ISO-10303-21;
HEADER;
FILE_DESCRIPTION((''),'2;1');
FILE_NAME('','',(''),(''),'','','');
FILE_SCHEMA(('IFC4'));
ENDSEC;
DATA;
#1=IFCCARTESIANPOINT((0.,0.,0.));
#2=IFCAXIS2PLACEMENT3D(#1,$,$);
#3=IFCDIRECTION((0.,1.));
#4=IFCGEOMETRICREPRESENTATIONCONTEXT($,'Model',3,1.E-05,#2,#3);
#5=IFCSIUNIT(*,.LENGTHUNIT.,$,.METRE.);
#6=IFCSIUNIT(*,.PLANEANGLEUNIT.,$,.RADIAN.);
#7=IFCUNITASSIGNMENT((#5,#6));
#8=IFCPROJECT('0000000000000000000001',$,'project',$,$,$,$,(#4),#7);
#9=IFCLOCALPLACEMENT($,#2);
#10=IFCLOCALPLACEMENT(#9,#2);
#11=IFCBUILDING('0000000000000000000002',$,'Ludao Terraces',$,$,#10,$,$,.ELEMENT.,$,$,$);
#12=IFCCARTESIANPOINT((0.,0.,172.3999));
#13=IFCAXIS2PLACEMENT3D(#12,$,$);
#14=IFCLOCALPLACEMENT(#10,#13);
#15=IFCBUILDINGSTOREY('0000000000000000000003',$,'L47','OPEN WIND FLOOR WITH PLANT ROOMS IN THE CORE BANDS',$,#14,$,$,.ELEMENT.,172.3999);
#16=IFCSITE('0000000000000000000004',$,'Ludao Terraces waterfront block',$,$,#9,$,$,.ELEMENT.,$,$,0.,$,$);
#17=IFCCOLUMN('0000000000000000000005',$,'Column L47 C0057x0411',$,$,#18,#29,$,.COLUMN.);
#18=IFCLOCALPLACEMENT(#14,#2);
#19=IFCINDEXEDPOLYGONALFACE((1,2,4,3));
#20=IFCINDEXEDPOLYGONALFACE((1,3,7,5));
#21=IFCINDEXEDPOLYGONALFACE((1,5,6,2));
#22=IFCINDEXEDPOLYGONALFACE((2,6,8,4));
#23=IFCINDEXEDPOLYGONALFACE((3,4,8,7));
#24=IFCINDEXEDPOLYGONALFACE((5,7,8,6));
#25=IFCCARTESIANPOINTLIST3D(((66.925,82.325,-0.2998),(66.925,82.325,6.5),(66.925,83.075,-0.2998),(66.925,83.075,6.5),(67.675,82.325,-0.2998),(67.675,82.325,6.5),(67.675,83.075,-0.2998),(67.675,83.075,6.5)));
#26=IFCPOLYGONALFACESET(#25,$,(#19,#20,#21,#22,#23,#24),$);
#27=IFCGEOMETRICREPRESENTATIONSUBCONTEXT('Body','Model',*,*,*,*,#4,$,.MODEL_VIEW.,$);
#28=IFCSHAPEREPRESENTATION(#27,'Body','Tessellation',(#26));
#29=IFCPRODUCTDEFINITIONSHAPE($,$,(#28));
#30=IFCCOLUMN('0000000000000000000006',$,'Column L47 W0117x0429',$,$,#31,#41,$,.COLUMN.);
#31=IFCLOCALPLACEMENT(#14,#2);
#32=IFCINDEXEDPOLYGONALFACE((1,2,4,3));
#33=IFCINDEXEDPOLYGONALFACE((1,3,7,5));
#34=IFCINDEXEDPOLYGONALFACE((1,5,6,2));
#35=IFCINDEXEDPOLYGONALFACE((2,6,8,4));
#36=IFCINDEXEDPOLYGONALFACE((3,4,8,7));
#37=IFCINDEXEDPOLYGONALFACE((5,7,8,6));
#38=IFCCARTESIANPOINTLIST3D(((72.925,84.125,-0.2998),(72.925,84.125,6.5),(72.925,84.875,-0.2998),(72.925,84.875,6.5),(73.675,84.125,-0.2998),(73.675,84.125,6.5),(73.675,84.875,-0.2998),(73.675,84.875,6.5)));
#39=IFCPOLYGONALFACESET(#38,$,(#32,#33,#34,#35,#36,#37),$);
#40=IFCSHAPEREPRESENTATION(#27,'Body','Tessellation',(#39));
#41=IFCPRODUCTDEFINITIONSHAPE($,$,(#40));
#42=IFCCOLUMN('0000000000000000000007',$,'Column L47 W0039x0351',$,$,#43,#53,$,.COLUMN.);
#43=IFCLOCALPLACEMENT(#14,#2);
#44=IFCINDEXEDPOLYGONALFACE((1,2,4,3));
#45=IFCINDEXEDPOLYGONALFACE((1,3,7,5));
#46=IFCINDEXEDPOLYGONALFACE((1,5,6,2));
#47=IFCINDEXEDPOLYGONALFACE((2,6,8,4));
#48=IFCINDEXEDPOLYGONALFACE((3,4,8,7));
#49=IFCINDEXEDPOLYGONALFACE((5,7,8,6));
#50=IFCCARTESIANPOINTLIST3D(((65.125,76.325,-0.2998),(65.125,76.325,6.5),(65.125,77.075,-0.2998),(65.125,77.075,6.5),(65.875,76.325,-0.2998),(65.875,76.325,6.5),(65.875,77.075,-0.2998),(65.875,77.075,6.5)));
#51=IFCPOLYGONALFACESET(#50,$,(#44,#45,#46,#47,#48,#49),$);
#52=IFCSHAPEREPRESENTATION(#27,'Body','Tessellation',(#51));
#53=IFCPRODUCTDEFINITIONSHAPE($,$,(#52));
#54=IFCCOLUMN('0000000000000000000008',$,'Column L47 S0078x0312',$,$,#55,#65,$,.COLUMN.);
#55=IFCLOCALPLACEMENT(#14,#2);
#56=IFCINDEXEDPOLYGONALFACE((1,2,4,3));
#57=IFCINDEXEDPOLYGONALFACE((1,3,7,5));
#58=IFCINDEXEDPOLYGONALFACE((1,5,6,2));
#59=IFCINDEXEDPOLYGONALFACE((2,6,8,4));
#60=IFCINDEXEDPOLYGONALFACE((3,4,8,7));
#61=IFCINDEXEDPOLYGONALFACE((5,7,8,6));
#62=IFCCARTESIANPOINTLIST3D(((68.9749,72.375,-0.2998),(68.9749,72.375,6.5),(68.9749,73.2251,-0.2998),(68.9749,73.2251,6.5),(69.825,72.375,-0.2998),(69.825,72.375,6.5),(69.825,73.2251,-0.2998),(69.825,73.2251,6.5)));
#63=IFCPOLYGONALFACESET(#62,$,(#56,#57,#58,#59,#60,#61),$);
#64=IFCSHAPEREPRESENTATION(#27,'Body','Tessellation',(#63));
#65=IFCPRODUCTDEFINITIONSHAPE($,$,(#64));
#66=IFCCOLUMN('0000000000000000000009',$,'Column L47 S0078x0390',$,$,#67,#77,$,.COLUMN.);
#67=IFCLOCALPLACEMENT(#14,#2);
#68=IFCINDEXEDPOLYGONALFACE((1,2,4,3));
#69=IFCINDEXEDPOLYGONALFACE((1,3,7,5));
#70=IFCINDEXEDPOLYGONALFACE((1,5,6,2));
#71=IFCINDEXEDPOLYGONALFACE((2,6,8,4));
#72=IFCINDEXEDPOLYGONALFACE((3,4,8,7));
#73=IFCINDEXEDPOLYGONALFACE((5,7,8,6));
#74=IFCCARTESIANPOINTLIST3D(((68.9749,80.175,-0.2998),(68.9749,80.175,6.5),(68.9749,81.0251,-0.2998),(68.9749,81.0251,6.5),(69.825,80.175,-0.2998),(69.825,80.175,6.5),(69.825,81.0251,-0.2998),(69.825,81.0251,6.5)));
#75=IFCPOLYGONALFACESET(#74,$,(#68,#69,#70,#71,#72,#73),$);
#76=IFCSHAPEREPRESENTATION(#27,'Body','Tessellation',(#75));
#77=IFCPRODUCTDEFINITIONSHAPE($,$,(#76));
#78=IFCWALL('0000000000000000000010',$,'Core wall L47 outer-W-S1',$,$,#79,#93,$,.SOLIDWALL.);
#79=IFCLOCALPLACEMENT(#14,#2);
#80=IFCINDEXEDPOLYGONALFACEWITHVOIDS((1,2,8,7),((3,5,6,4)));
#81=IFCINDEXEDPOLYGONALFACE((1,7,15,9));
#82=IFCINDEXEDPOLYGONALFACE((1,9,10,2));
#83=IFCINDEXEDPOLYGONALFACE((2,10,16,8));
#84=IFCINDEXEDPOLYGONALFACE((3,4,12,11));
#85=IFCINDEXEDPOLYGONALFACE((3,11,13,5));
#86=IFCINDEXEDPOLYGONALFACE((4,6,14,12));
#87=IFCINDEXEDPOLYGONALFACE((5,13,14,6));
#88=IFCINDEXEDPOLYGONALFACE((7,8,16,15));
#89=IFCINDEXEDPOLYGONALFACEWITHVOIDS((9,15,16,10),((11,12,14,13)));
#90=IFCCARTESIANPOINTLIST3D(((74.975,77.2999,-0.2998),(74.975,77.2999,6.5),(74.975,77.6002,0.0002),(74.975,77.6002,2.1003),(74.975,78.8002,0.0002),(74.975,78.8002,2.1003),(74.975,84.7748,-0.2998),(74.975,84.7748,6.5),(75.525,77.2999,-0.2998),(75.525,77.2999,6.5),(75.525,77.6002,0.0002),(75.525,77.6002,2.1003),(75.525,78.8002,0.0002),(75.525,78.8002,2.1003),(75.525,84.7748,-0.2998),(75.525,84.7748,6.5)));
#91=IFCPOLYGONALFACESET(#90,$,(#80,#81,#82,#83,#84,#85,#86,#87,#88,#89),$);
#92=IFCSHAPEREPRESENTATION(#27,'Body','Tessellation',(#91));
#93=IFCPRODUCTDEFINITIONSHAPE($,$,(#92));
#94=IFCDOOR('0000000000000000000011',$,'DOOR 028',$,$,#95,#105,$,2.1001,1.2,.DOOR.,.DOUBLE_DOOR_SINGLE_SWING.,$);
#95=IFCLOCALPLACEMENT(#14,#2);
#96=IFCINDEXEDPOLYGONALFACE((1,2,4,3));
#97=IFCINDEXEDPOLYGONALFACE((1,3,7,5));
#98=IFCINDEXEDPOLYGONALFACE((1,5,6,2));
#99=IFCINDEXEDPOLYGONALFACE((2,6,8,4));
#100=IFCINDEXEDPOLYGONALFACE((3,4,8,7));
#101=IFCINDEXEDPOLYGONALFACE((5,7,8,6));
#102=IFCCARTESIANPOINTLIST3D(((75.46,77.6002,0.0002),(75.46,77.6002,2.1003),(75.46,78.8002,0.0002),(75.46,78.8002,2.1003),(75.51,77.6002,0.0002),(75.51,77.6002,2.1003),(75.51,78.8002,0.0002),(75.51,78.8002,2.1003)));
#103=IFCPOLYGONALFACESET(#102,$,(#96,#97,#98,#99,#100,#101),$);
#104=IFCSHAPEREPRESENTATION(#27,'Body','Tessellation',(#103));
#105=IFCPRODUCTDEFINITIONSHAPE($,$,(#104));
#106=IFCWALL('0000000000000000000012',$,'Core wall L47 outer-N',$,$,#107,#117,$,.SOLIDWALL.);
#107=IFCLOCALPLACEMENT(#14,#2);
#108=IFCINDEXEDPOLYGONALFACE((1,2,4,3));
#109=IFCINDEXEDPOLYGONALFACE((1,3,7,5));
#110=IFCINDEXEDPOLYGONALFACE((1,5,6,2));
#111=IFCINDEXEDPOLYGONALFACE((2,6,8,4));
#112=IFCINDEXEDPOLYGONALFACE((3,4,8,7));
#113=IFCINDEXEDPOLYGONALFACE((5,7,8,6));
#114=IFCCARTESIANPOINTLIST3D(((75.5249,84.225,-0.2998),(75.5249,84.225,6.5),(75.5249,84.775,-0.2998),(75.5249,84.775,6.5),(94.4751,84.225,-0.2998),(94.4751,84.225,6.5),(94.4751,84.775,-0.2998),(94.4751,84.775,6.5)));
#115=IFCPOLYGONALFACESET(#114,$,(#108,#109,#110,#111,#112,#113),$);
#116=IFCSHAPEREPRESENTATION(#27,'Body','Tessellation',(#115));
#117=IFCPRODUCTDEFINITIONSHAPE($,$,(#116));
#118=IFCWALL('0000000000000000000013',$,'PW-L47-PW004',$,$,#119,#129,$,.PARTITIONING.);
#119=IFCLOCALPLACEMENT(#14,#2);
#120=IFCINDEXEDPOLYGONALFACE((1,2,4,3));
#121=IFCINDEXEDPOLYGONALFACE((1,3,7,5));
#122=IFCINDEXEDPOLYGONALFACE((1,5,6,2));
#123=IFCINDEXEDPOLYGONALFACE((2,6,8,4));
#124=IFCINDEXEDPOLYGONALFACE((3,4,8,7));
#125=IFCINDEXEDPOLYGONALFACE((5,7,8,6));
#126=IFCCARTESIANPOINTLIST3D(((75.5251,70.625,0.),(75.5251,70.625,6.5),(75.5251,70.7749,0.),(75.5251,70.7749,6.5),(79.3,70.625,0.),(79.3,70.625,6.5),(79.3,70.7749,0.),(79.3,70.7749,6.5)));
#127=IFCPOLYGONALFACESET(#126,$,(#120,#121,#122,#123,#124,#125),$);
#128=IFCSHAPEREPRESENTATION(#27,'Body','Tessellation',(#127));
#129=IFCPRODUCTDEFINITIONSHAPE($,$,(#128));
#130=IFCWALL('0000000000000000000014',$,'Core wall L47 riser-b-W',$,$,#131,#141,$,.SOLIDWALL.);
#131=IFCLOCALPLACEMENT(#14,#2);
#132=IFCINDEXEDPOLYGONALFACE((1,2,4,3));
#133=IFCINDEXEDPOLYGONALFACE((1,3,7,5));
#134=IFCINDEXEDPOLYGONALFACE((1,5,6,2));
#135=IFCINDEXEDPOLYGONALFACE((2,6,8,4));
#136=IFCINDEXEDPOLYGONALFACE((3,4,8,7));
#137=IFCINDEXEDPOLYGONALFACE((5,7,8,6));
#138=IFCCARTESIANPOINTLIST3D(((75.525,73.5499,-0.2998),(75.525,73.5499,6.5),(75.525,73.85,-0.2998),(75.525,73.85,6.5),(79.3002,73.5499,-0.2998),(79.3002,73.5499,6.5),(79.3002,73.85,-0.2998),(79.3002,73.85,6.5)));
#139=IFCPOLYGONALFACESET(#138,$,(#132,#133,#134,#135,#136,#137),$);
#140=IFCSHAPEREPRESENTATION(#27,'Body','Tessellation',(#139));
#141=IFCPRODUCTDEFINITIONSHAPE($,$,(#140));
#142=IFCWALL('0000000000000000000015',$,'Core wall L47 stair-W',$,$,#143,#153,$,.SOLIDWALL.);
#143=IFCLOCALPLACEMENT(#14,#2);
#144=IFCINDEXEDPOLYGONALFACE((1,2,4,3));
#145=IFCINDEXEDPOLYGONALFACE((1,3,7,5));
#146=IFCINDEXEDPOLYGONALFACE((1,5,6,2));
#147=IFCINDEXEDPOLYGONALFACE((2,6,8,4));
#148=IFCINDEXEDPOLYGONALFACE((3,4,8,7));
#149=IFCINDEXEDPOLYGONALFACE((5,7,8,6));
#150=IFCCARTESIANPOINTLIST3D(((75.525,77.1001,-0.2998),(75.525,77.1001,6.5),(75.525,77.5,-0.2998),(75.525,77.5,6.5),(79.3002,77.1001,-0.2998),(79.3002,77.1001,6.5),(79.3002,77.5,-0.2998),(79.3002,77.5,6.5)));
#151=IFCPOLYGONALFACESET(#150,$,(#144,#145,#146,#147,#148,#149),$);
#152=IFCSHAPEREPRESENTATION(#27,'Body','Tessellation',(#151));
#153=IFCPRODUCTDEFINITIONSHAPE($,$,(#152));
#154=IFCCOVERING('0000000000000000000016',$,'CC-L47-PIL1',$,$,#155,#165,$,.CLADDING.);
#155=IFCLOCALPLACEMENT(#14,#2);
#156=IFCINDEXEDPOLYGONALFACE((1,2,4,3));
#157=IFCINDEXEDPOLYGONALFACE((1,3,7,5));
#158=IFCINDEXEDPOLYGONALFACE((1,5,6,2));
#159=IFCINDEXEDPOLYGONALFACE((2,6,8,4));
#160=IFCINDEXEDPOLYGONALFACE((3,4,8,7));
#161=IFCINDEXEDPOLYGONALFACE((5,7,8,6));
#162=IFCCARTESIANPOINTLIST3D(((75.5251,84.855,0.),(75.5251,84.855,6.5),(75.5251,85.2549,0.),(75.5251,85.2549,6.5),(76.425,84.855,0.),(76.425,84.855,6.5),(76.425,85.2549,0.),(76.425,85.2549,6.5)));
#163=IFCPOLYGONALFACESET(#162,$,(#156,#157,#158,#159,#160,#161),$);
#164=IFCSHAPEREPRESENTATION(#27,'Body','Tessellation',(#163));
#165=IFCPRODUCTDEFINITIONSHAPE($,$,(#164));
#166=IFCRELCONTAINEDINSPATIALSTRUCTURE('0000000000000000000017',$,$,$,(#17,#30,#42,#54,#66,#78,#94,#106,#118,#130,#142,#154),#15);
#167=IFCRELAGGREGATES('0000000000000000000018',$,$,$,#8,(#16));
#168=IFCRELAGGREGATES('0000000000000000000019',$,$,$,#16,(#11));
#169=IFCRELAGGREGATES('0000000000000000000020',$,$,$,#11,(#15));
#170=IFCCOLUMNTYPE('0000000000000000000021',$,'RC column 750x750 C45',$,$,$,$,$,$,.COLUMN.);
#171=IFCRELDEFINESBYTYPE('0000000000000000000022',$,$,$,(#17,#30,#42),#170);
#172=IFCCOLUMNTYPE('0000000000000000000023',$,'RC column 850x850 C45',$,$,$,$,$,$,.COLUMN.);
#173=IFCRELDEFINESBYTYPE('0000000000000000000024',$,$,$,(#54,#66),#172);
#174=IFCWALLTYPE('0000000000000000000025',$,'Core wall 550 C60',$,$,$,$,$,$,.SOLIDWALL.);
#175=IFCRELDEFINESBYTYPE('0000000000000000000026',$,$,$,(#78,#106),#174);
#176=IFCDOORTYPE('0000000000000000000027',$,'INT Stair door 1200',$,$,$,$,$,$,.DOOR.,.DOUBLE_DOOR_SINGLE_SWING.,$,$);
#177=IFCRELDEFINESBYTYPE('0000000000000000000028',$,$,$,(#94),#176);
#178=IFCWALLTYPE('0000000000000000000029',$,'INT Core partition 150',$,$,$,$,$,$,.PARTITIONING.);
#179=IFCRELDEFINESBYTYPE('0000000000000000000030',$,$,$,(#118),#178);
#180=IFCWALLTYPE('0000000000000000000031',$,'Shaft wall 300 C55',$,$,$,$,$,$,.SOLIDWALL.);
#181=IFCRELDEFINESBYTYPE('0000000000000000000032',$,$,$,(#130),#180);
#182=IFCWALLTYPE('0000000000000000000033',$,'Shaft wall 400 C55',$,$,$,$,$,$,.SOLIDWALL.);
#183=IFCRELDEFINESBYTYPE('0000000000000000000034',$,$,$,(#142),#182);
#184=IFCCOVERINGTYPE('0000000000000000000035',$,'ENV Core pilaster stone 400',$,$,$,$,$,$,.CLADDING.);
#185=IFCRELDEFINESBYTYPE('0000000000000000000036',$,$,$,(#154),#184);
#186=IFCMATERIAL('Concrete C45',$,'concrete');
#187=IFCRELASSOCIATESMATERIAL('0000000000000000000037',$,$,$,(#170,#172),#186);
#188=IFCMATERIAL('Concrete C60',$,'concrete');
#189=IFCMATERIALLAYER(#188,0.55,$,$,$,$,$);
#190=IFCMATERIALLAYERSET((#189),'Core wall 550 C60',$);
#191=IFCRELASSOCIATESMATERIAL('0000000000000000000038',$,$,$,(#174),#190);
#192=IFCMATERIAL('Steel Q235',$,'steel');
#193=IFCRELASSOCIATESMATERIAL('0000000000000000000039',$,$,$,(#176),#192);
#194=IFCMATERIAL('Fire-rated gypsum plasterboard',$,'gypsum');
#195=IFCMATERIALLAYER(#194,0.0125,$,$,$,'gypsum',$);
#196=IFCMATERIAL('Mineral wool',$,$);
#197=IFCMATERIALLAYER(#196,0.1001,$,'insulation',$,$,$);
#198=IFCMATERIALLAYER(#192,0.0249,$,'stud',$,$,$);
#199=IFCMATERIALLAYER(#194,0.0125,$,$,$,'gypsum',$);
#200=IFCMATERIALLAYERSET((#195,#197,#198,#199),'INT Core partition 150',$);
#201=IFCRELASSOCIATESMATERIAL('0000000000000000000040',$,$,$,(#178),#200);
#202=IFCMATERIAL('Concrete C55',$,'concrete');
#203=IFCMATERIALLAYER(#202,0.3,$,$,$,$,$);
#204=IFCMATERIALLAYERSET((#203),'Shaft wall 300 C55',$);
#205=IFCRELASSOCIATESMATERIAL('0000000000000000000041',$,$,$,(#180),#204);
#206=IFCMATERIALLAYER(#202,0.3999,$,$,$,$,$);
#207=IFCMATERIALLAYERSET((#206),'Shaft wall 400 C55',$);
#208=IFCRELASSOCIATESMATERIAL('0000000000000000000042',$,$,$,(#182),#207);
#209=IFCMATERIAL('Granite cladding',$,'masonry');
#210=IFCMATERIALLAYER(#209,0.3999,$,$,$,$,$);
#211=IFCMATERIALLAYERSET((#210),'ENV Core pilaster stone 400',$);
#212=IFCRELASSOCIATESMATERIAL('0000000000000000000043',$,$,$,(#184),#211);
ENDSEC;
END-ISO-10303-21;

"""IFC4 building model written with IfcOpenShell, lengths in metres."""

from ifc_helpers import new_model, si_unit, direction, frame, frame_2d, origin, origin_2d, place, context, subcontext, project, spatial, rectangle, extrude, material, layer, layer_set, material_profile, profile_set, type_object, element, fill, save


model = new_model("IFC4")

# Units and contexts
model_context = context("Model", 3, precision=1e-05, world=origin(), true_north=direction((0.0, 1.0)))
body_context = subcontext(model_context, "Body", "Model", "MODEL_VIEW")
ifc_project = project(units=[si_unit("LENGTHUNIT", "METRE"), si_unit("PLANEANGLEUNIT", "RADIAN")], contexts=[model_context])

# Site, building, storey
site_placement = place(None, origin())
site = spatial("IfcSite", under=ifc_project, at=site_placement, Name="Ludao Terraces waterfront block", CompositionType="ELEMENT", RefElevation=0.0)
building_placement = place(site_placement, origin())
building = spatial("IfcBuilding", under=site, at=building_placement, Name="Ludao Terraces", CompositionType="ELEMENT")
storey_placement = place(building_placement, frame((0.0, 0.0, 172.3999)))
storey = spatial("IfcBuildingStorey", under=building, at=storey_placement, Name="L47", Description="OPEN WIND FLOOR WITH PLANT ROOMS IN THE CORE BANDS", CompositionType="ELEMENT", Elevation=172.3999)

# Columns
ifc_material_1 = material(Name="Concrete C45", Category="concrete")
ifc_material_profile_1 = material_profile(ifc_material_1, rectangle(XDim=0.75, YDim=0.75, at=origin_2d()), Name="750 X 750")
ifc_profile_set_1 = profile_set([ifc_material_profile_1], Name="Concrete C45")
column_type_1 = type_object("IfcColumnType", Name="RC column 750x750 C45", PredefinedType="COLUMN", material=ifc_profile_set_1)
for number, where, z_axis, x_axis, name in (
    (1, (67.3, 82.7, -0.2998), (0.0, 0.0, 1.0), (1.0, 0.0, 0.0), "Column L47 C0057x0411"),
    (2, (73.3, 84.5, -0.2998), (0.0, 0.0, 1.0), (1.0, 0.0, 0.0), "Column L47 W0117x0429"),
    (3, (65.5, 76.7, -0.2998), (0.0, 0.0, 1.0), (1.0, 0.0, 0.0), "Column L47 W0039x0351"),
):
    element("IfcColumn", number, at=place(storey_placement, frame(where, z_axis=z_axis, x_axis=x_axis)), inside=storey, type_object=column_type_1, Name=name, PredefinedType="COLUMN", context=body_context, shape_type="SweptSolid", body=[
        extrude(rectangle(XDim=0.75, YDim=0.75, at=origin_2d()), origin(), (0.0, 0.0, 1.0), 6.7998),
    ])
ifc_material_profile_2 = material_profile(ifc_material_1, rectangle(XDim=0.8501, YDim=0.8501, at=origin_2d()), Name="850 X 850")
ifc_profile_set_2 = profile_set([ifc_material_profile_2], Name="Concrete C45")
column_type_2 = type_object("IfcColumnType", Name="RC column 850x850 C45", PredefinedType="COLUMN", material=ifc_profile_set_2)
for number, where, z_axis, x_axis, name in (
    (4, (69.3999, 72.8, -0.2998), (0.0, 0.0, 1.0), (1.0, 0.0, 0.0), "Column L47 S0078x0312"),
    (5, (69.3999, 80.6001, -0.2998), (0.0, 0.0, 1.0), (1.0, 0.0, 0.0), "Column L47 S0078x0390"),
):
    element("IfcColumn", number, at=place(storey_placement, frame(where, z_axis=z_axis, x_axis=x_axis)), inside=storey, type_object=column_type_2, Name=name, PredefinedType="COLUMN", context=body_context, shape_type="SweptSolid", body=[
        extrude(rectangle(XDim=0.8501, YDim=0.8501, at=origin_2d()), origin(), (0.0, 0.0, 1.0), 6.7998),
    ])

# Wall, opening, door
ifc_material_2 = material(Name="Concrete C60", Category="concrete")
ifc_layer_1 = layer(ifc_material_2, 0.55)
ifc_layer_set_1 = layer_set([ifc_layer_1], Name="Core wall 550 C60")
wall_type_1 = type_object("IfcWallType", Name="Core wall 550 C60", PredefinedType="SOLIDWALL", material=ifc_layer_set_1)
wall_1_placement = place(storey_placement, frame((75.25, 77.3, -0.2998), z_axis=(0.0, 0.0, 1.0), x_axis=(0.0, 1.0, 0.0)))
wall_1 = element("IfcWall", 6, at=wall_1_placement, inside=storey, type_object=wall_type_1, Name="Core wall L47 outer-W-S1", PredefinedType="SOLIDWALL", context=body_context, shape_type="SweptSolid", body=[
    extrude(rectangle(XDim=7.4749, YDim=0.55, at=frame_2d((3.7373, 0.0))), origin(), (0.0, 0.0, 1.0), 6.7998),
])
opening_placement = place(wall_1_placement, frame((0.3, 0.0, 0.3)))
opening = element("IfcOpeningElement", 7, at=opening_placement, cuts=wall_1, PredefinedType="OPENING", context=body_context, shape_type="SweptSolid", body=[
    extrude(rectangle(XDim=1.2, YDim=2.1001, at=frame_2d((0.6001, 1.05))), frame((0.0, 0.2852, 0.0), z_axis=(0.0, -1.0, 0.0), x_axis=(1.0, 0.0, 0.0)), (0.0, 0.0, 1.0), 0.5701),
])
ifc_material_3 = material(Name="Steel Q235", Category="steel")
door_type = type_object("IfcDoorType", Name="INT Stair door 1200", OperationType="DOUBLE_DOOR_SINGLE_SWING", PredefinedType="DOOR", material=ifc_material_3)
door_placement = place(opening_placement, origin())
door = element("IfcDoor", 8, at=door_placement, inside=storey, type_object=door_type, Name="DOOR 028", OperationType="DOUBLE_DOOR_SINGLE_SWING", OverallHeight=2.1001, OverallWidth=1.2, PredefinedType="DOOR", context=body_context, shape_type="SweptSolid", body=[
    extrude(rectangle(XDim=1.2, YDim=2.1001, at=frame_2d((0.6001, 1.05))), frame((0.0, -0.21, 0.0), z_axis=(0.0, -1.0, 0.0), x_axis=(1.0, 0.0, 0.0)), (0.0, 0.0, 1.0), 0.05),
])
fill(opening, door)

# Walls
wall_2_placement = place(storey_placement, frame((75.5249, 84.5, -0.2998), z_axis=(0.0, 0.0, 1.0), x_axis=(1.0, 0.0, 0.0)))
element("IfcWall", 9, at=wall_2_placement, inside=storey, type_object=wall_type_1, Name="Core wall L47 outer-N", PredefinedType="SOLIDWALL", context=body_context, shape_type="SweptSolid", body=[
    extrude(rectangle(XDim=18.9502, YDim=0.55, at=frame_2d((9.4751, 0.0))), origin(), (0.0, 0.0, 1.0), 6.7998),
])
ifc_material_4 = material(Name="Fire-rated gypsum plasterboard", Category="gypsum")
ifc_layer_2 = layer(ifc_material_4, 0.0125, Category="gypsum")
ifc_material_5 = material(Name="Mineral wool")
ifc_layer_3 = layer(ifc_material_5, 0.1001, Name="insulation")
ifc_layer_4 = layer(ifc_material_3, 0.0249, Name="stud")
ifc_layer_5 = layer(ifc_material_4, 0.0125, Category="gypsum")
ifc_layer_set_2 = layer_set([ifc_layer_2, ifc_layer_3, ifc_layer_4, ifc_layer_5], Name="INT Core partition 150")
wall_type_2 = type_object("IfcWallType", Name="INT Core partition 150", PredefinedType="PARTITIONING", material=ifc_layer_set_2)
wall_3_placement = place(storey_placement, frame((75.5251, 70.7, 0.0), z_axis=(0.0, 0.0, 1.0), x_axis=(1.0, 0.0, 0.0)))
element("IfcWall", 10, at=wall_3_placement, inside=storey, type_object=wall_type_2, Name="PW-L47-PW004", PredefinedType="PARTITIONING", context=body_context, shape_type="SweptSolid", body=[
    extrude(rectangle(XDim=3.7749, YDim=0.1499, at=frame_2d((1.8875, 0.0))), origin(), (0.0, 0.0, 1.0), 6.5),
])
ifc_material_6 = material(Name="Concrete C55", Category="concrete")
ifc_layer_6 = layer(ifc_material_6, 0.3)
ifc_layer_set_3 = layer_set([ifc_layer_6], Name="Shaft wall 300 C55")
wall_type_3 = type_object("IfcWallType", Name="Shaft wall 300 C55", PredefinedType="SOLIDWALL", material=ifc_layer_set_3)
wall_4_placement = place(storey_placement, frame((75.5249, 73.7, -0.2998), z_axis=(0.0, 0.0, 1.0), x_axis=(1.0, 0.0, 0.0)))
element("IfcWall", 11, at=wall_4_placement, inside=storey, type_object=wall_type_3, Name="Core wall L47 riser-b-W", PredefinedType="SOLIDWALL", context=body_context, shape_type="SweptSolid", body=[
    extrude(rectangle(XDim=3.7751, YDim=0.3, at=frame_2d((1.8877, 0.0))), origin(), (0.0, 0.0, 1.0), 6.7998),
])
ifc_layer_7 = layer(ifc_material_6, 0.3999)
ifc_layer_set_4 = layer_set([ifc_layer_7], Name="Shaft wall 400 C55")
wall_type_4 = type_object("IfcWallType", Name="Shaft wall 400 C55", PredefinedType="SOLIDWALL", material=ifc_layer_set_4)
wall_5_placement = place(storey_placement, frame((75.5249, 77.3, -0.2998), z_axis=(0.0, 0.0, 1.0), x_axis=(1.0, 0.0, 0.0)))
element("IfcWall", 12, at=wall_5_placement, inside=storey, type_object=wall_type_4, Name="Core wall L47 stair-W", PredefinedType="SOLIDWALL", context=body_context, shape_type="SweptSolid", body=[
    extrude(rectangle(XDim=3.7751, YDim=0.3999, at=frame_2d((1.8877, 0.0))), origin(), (0.0, 0.0, 1.0), 6.7998),
])

# Covering
ifc_material_7 = material(Name="Granite cladding", Category="masonry")
ifc_layer_8 = layer(ifc_material_7, 0.3999)
ifc_layer_set_5 = layer_set([ifc_layer_8], Name="ENV Core pilaster stone 400")
covering_type = type_object("IfcCoveringType", Name="ENV Core pilaster stone 400", PredefinedType="CLADDING", material=ifc_layer_set_5)
covering_placement = place(storey_placement, frame((75.9751, 85.0549, 0.0), z_axis=(0.0, 0.0, 1.0), x_axis=(1.0, 0.0, 0.0)))
element("IfcCovering", 13, at=covering_placement, inside=storey, type_object=covering_type, Name="CC-L47-PIL1", PredefinedType="CLADDING", context=body_context, shape_type="SweptSolid", body=[
    extrude(rectangle(XDim=0.8999, YDim=0.3999, at=origin_2d()), origin(), (0.0, 0.0, 1.0), 6.5),
])

save(model, "model.ifc")
